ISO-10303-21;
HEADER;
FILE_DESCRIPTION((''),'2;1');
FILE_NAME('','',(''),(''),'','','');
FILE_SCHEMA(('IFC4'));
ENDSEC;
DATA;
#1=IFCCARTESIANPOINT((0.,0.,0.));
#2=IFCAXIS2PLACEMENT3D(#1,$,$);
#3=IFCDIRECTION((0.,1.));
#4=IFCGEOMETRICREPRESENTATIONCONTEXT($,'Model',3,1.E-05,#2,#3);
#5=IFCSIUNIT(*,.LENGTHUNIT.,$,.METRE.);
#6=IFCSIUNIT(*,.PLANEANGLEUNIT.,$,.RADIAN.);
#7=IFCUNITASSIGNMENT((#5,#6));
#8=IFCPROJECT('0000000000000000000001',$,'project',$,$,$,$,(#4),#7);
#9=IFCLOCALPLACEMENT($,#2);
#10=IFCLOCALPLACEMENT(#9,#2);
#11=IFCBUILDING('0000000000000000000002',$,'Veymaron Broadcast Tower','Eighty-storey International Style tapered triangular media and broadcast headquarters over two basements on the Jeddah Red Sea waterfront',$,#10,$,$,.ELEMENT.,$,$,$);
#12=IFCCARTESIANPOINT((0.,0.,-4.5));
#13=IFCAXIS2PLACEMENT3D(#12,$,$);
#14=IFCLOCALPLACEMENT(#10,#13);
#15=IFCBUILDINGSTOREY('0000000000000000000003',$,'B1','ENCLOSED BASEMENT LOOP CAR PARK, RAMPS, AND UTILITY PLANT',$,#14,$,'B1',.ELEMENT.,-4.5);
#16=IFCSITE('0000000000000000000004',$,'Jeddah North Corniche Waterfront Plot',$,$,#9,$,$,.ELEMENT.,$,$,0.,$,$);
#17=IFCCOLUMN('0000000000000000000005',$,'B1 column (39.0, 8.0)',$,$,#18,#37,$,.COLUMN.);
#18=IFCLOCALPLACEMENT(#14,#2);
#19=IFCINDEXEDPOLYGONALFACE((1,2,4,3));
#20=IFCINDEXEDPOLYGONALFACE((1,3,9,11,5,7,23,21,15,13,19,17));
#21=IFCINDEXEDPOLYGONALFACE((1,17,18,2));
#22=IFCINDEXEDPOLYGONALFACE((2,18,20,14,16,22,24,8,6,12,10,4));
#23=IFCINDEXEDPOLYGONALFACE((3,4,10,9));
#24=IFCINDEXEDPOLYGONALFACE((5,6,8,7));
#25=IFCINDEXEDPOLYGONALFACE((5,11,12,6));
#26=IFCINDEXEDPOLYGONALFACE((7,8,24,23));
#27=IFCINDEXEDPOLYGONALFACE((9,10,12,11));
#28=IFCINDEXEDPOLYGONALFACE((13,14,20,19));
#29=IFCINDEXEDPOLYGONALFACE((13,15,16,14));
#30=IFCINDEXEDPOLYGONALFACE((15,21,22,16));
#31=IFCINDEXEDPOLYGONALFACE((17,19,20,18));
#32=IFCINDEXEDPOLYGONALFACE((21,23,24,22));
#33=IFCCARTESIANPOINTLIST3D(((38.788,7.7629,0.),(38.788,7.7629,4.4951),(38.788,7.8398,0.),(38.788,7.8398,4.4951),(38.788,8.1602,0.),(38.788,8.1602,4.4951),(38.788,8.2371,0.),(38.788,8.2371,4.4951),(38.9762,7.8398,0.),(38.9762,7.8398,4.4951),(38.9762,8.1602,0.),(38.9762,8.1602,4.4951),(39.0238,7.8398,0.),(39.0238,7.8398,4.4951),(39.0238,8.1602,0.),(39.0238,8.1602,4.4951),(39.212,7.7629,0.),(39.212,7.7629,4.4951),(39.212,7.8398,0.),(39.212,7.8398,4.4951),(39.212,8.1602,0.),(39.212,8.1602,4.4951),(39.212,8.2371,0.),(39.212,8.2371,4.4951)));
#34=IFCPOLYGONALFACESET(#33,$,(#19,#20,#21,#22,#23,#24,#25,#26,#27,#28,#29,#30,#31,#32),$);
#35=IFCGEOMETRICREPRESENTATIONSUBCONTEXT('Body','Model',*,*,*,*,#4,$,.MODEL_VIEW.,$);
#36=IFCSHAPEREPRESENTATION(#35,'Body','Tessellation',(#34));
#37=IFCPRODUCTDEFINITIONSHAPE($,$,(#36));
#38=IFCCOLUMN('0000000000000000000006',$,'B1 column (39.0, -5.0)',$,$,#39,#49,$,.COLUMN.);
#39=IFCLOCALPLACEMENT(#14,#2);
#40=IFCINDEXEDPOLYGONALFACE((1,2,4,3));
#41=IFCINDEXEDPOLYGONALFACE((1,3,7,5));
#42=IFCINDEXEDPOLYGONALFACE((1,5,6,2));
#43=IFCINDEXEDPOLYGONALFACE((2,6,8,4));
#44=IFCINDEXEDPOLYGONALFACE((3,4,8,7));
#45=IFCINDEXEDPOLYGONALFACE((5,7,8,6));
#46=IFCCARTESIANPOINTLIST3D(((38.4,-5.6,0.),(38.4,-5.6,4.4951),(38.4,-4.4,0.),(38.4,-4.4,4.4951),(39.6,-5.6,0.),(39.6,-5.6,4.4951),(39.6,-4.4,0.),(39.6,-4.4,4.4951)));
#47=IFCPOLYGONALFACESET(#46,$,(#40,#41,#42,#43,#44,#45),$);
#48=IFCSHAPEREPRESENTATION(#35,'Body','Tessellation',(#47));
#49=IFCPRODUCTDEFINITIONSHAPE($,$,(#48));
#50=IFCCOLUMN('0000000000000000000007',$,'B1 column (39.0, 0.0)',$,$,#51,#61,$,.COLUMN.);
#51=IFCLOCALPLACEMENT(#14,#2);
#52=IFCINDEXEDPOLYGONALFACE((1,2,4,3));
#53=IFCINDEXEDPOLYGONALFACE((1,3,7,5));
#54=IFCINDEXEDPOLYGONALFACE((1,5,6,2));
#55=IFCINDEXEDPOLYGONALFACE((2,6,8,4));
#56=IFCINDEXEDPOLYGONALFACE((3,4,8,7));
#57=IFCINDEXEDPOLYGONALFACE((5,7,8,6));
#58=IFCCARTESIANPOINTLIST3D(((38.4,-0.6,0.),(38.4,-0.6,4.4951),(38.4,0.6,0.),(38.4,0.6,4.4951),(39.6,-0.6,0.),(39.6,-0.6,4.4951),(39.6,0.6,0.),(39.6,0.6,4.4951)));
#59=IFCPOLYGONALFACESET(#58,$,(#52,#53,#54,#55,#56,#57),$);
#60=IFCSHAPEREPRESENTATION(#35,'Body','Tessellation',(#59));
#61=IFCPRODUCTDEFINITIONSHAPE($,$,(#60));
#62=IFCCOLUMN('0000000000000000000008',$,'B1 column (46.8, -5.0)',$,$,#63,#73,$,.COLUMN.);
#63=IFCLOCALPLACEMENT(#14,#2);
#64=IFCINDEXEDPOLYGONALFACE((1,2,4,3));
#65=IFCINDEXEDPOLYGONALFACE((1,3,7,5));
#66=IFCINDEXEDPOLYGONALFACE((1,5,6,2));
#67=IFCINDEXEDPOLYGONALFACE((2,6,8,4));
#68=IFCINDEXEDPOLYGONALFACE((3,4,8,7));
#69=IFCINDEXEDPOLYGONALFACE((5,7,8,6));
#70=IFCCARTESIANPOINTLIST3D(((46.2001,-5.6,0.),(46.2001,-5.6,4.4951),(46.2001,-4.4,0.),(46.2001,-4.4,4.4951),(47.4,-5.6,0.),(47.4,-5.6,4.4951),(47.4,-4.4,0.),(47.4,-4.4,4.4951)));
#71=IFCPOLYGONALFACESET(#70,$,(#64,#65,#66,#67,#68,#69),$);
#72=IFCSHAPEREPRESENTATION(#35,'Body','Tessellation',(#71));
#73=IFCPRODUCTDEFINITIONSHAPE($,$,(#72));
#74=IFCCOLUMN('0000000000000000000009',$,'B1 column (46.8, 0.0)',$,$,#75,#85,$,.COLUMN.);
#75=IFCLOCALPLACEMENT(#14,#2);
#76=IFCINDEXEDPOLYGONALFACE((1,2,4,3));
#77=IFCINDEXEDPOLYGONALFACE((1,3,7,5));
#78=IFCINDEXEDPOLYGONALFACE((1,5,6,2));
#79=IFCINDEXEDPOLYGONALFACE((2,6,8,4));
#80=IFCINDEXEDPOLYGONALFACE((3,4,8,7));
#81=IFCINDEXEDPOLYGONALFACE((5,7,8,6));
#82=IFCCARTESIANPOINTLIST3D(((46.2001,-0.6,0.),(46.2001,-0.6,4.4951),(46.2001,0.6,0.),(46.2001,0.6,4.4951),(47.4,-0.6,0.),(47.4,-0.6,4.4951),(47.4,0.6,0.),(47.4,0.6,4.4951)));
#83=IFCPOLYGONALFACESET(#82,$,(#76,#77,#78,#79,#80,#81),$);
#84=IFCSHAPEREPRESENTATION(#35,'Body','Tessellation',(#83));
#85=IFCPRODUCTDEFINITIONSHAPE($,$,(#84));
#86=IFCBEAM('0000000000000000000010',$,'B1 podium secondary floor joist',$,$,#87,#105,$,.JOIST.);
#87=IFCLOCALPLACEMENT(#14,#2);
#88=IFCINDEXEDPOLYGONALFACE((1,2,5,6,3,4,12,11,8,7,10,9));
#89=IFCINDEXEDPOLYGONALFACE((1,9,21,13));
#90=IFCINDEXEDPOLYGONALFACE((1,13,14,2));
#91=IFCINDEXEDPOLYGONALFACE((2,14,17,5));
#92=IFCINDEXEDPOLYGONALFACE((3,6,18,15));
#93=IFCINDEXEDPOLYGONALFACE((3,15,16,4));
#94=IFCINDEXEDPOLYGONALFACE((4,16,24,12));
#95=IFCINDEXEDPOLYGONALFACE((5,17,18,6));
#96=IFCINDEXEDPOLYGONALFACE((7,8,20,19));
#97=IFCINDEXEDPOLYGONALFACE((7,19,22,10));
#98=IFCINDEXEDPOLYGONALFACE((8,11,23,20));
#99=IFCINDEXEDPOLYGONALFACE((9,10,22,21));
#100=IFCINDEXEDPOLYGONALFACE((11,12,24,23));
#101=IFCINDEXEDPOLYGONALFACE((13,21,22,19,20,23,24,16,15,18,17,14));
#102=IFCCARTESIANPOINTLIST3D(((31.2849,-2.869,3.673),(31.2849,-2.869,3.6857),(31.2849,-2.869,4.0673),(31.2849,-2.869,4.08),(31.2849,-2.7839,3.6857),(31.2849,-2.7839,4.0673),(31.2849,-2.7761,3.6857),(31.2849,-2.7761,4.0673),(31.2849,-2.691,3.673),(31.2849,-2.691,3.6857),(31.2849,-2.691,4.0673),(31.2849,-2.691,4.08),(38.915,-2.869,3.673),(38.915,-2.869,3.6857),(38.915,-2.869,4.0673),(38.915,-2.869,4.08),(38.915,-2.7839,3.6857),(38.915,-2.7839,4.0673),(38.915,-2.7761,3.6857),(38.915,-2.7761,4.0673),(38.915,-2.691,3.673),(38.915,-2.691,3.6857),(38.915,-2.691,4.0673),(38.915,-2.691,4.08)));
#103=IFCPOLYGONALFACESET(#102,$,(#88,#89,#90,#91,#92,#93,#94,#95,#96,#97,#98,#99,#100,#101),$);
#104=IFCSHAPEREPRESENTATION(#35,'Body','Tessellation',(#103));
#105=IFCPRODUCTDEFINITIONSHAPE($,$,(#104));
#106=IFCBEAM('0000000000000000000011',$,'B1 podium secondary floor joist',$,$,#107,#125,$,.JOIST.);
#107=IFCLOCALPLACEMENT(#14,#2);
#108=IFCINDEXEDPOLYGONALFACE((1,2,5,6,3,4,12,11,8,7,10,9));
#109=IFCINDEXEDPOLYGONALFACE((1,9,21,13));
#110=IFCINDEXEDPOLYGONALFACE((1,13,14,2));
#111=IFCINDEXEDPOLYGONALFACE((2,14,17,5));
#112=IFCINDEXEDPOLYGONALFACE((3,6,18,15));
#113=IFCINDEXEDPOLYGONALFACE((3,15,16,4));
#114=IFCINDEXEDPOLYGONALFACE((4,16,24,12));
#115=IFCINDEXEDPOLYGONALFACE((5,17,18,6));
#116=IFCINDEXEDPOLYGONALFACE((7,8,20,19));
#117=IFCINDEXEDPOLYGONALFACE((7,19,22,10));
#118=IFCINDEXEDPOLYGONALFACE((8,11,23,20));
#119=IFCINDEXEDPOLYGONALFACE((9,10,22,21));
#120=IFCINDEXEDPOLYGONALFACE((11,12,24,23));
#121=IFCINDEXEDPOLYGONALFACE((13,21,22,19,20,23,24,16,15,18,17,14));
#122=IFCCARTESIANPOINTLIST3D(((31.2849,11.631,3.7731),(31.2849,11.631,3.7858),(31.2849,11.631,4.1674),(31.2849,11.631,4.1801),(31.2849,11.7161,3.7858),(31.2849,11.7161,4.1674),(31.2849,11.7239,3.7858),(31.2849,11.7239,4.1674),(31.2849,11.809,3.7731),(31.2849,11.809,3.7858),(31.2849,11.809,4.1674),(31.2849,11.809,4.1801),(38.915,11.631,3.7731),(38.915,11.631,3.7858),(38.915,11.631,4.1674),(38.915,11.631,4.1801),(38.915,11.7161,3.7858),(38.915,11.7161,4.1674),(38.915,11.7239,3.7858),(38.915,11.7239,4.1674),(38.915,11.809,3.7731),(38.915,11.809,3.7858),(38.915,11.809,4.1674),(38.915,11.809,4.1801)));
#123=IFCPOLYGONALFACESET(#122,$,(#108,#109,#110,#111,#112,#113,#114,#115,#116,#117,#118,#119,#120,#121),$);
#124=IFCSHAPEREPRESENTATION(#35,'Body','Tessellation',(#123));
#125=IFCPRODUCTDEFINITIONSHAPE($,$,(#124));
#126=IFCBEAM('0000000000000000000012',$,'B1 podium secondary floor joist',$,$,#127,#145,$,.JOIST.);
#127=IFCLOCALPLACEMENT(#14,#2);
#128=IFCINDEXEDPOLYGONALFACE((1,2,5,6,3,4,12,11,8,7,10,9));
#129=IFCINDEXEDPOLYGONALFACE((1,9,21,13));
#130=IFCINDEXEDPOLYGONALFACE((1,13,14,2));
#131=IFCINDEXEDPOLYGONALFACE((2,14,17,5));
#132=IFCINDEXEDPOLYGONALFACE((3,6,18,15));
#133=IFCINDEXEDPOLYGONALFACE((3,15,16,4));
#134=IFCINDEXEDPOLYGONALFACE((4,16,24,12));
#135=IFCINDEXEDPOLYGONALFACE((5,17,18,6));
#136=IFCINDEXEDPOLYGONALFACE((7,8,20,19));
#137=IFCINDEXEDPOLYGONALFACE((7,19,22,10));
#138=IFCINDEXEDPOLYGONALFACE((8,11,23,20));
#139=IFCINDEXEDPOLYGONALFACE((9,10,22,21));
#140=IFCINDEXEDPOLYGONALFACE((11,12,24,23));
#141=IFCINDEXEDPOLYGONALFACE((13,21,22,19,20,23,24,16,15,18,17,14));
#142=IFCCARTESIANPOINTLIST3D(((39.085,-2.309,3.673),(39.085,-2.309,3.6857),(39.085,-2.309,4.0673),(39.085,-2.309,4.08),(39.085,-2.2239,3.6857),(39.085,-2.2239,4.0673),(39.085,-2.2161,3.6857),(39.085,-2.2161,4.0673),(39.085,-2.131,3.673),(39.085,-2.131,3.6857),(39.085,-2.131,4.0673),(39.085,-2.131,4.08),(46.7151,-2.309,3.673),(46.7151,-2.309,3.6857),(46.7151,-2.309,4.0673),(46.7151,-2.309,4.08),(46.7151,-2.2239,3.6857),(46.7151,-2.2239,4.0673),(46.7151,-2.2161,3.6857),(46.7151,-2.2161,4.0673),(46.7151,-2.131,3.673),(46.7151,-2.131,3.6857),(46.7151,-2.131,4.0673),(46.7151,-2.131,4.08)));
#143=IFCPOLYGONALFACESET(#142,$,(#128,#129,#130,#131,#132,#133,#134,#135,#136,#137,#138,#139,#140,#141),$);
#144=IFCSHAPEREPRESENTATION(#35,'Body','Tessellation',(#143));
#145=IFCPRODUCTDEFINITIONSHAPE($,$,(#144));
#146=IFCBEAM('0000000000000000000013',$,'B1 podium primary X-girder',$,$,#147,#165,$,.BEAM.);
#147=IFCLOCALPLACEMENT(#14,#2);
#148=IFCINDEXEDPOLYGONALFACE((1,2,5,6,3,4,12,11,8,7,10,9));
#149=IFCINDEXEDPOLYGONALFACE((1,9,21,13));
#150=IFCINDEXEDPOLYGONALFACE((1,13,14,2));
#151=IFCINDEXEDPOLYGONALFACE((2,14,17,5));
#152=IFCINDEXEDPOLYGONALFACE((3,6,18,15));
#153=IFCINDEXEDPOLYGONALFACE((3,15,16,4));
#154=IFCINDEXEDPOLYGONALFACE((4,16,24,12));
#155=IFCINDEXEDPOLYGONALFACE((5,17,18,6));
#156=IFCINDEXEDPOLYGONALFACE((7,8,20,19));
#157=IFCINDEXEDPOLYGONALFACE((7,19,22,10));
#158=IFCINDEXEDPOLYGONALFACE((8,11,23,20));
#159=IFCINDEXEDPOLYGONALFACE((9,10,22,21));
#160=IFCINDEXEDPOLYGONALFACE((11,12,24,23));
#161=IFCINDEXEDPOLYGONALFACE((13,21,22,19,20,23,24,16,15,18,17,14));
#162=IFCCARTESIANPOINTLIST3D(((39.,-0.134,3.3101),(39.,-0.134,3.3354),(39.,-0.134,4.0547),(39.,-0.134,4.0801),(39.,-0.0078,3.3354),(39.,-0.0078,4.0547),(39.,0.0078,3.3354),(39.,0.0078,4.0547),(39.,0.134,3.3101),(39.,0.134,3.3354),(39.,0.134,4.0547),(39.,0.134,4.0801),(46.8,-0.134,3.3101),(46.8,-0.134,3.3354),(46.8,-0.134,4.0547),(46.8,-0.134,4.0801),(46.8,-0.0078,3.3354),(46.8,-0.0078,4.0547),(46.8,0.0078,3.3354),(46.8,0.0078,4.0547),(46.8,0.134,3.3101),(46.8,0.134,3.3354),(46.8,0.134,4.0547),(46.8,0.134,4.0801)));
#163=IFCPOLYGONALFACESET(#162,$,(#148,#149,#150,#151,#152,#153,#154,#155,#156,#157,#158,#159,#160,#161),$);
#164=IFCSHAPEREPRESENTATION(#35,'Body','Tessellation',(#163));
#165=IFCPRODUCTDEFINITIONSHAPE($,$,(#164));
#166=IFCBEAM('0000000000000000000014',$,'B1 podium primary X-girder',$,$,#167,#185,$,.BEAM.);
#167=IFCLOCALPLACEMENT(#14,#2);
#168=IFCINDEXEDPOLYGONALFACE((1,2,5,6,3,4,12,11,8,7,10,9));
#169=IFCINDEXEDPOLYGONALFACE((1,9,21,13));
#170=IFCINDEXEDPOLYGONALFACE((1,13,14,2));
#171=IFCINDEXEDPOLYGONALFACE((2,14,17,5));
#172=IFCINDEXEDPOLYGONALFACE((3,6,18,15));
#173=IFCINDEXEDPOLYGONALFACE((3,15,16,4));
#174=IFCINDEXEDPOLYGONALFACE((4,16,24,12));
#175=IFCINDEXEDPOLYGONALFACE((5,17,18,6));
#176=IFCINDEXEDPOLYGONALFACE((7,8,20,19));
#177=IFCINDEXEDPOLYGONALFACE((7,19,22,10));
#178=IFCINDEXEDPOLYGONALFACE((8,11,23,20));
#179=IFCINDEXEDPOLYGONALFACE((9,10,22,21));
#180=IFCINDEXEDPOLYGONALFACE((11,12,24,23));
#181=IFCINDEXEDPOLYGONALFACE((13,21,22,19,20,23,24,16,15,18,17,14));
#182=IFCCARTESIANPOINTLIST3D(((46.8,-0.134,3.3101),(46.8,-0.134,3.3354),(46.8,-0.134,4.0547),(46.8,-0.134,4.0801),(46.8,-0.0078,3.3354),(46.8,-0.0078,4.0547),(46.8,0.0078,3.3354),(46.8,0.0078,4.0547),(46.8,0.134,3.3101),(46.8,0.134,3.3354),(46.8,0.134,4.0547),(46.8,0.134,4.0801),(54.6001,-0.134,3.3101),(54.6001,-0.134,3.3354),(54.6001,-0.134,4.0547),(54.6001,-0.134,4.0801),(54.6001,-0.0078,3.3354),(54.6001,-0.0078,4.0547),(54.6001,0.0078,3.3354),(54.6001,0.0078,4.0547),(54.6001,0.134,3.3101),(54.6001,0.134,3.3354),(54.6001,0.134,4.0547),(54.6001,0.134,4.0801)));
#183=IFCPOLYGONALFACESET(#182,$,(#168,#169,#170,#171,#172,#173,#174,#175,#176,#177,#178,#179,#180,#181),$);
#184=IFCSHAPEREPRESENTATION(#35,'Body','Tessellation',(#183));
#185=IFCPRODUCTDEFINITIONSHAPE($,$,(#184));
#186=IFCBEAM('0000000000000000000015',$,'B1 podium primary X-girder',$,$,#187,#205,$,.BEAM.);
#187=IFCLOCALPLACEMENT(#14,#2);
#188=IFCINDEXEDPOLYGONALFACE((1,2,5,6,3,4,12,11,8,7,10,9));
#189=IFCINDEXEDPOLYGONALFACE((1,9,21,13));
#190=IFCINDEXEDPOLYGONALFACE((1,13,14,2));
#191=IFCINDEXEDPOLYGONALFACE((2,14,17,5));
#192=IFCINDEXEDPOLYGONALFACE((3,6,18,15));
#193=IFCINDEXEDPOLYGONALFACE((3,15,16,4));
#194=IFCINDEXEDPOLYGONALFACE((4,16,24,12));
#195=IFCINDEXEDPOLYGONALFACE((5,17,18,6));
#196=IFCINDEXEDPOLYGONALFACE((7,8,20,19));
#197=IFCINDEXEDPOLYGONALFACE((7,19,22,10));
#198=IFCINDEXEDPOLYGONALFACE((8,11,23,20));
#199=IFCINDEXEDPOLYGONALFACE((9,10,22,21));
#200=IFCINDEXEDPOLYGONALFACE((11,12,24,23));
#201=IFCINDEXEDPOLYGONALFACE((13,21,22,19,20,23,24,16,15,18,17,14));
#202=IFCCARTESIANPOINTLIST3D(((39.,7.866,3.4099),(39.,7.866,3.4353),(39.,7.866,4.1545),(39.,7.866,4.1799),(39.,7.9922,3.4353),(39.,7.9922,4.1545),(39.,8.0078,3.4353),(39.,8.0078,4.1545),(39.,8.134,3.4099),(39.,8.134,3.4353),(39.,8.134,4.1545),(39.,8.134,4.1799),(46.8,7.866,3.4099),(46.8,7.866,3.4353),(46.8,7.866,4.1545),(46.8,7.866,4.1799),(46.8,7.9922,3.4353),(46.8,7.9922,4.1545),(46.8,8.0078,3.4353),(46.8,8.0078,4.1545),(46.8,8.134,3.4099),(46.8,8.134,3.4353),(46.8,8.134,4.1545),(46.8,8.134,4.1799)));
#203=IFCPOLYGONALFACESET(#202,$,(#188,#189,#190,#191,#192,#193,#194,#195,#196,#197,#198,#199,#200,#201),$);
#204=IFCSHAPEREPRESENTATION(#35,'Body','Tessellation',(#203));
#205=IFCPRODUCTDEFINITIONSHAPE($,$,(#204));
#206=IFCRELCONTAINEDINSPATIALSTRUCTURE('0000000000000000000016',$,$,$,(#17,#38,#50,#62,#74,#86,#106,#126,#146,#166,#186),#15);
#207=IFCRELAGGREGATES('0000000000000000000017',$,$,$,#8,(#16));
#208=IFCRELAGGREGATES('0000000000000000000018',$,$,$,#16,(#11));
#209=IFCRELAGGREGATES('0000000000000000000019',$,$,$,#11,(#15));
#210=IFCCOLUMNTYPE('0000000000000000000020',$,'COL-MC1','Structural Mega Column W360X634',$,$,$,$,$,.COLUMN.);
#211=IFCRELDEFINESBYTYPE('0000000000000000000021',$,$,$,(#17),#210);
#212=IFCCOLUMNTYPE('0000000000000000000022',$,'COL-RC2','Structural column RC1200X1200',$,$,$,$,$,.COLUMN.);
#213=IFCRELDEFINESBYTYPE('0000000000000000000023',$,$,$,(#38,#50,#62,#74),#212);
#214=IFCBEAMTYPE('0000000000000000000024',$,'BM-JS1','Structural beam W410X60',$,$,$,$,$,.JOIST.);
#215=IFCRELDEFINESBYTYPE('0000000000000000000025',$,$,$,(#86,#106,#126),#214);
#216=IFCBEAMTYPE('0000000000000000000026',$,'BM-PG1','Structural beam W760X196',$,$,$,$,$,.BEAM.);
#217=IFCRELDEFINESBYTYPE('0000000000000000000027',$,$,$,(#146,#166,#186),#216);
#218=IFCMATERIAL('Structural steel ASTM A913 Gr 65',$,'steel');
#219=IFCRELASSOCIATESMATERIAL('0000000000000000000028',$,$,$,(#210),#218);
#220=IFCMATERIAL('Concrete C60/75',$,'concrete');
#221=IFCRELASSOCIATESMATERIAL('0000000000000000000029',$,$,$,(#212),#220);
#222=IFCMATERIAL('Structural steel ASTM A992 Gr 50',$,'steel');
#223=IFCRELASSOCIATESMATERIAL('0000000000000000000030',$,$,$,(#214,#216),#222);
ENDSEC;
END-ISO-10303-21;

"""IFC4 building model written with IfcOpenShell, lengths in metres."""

from ifc_helpers import new_model, si_unit, direction, frame, origin, origin_2d, place, context, subcontext, project, spatial, rectangle, i_section, extrude, material, material_profile, profile_set, type_object, element, save


model = new_model("IFC4")

# Units and contexts
model_context = context("Model", 3, precision=1e-05, world=origin(), true_north=direction((0.0, 1.0)))
body_context = subcontext(model_context, "Body", "Model", "MODEL_VIEW")
ifc_project = project(units=[si_unit("LENGTHUNIT", "METRE"), si_unit("PLANEANGLEUNIT", "RADIAN")], contexts=[model_context])

# Site, building, storey
site_placement = place(None, origin())
site = spatial("IfcSite", under=ifc_project, at=site_placement, Name="Jeddah North Corniche Waterfront Plot", CompositionType="ELEMENT", RefElevation=0.0)
building_placement = place(site_placement, origin())
building = spatial("IfcBuilding", under=site, at=building_placement, Name="Veymaron Broadcast Tower", Description="Eighty-storey International Style tapered triangular media and broadcast headquarters over two basements on the Jeddah Red Sea waterfront", CompositionType="ELEMENT")
storey_placement = place(building_placement, frame((0.0, 0.0, -4.5)))
storey = spatial("IfcBuildingStorey", under=building, at=storey_placement, Name="B1", Description="ENCLOSED BASEMENT LOOP CAR PARK, RAMPS, AND UTILITY PLANT", LongName="B1", CompositionType="ELEMENT", Elevation=-4.5)

# Columns
ifc_material_1 = material(Name="Structural steel ASTM A913 Gr 65", Category="steel")
ifc_material_profile_1 = material_profile(ifc_material_1, i_section(OverallWidth=0.4241, OverallDepth=0.4741, WebThickness=0.0476, FlangeThickness=0.0769, at=origin_2d()), Name="W360X634")
ifc_profile_set_1 = profile_set([ifc_material_profile_1], Name="Structural steel ASTM A913 Gr 65")
column_type_1 = type_object("IfcColumnType", Name="COL-MC1", Description="Structural Mega Column W360X634", PredefinedType="COLUMN", material=ifc_profile_set_1)
column_placement = place(storey_placement, frame((39.0, 8.0, 0.0), z_axis=(0.0, 0.0, 1.0), x_axis=(1.0, 0.0, 0.0)))
element("IfcColumn", 1, at=column_placement, inside=storey, type_object=column_type_1, Name="B1 column (39.0, 8.0)", PredefinedType="COLUMN", context=body_context, shape_type="SweptSolid", body=[
    extrude(i_section(OverallWidth=0.4241, OverallDepth=0.4741, WebThickness=0.0476, FlangeThickness=0.0769, at=origin_2d()), origin(), (0.0, 0.0, 1.0), 4.4951),
])
ifc_material_2 = material(Name="Concrete C60/75", Category="concrete")
ifc_material_profile_2 = material_profile(ifc_material_2, rectangle(XDim=1.2, YDim=1.2, at=origin_2d()), Name="RC1200X1200")
ifc_profile_set_2 = profile_set([ifc_material_profile_2], Name="Concrete C60/75")
column_type_2 = type_object("IfcColumnType", Name="COL-RC2", Description="Structural column RC1200X1200", PredefinedType="COLUMN", material=ifc_profile_set_2)
for number, where, z_axis, x_axis, name in (
    (2, (39.0, -5.0, 0.0), (0.0, 0.0, 1.0), (1.0, 0.0, 0.0), "B1 column (39.0, -5.0)"),
    (3, (39.0, 0.0, 0.0), (0.0, 0.0, 1.0), (1.0, 0.0, 0.0), "B1 column (39.0, 0.0)"),
    (4, (46.8, -5.0, 0.0), (0.0, 0.0, 1.0), (1.0, 0.0, 0.0), "B1 column (46.8, -5.0)"),
    (5, (46.8, 0.0, 0.0), (0.0, 0.0, 1.0), (1.0, 0.0, 0.0), "B1 column (46.8, 0.0)"),
):
    element("IfcColumn", number, at=place(storey_placement, frame(where, z_axis=z_axis, x_axis=x_axis)), inside=storey, type_object=column_type_2, Name=name, PredefinedType="COLUMN", context=body_context, shape_type="SweptSolid", body=[
        extrude(rectangle(XDim=1.2, YDim=1.2, at=origin_2d()), origin(), (0.0, 0.0, 1.0), 4.4951),
    ])

# Beams
ifc_material_3 = material(Name="Structural steel ASTM A992 Gr 50", Category="steel")
ifc_material_profile_3 = material_profile(ifc_material_3, i_section(OverallWidth=0.178, OverallDepth=0.407, WebThickness=0.0078, FlangeThickness=0.0127, at=origin_2d()), Name="W410X60")
ifc_profile_set_3 = profile_set([ifc_material_profile_3], Name="Structural steel ASTM A992 Gr 50")
beam_type_1 = type_object("IfcBeamType", Name="BM-JS1", Description="Structural beam W410X60", PredefinedType="JOIST", material=ifc_profile_set_3)
for number, where, z_axis, x_axis, name in (
    (6, (31.2849, -2.78, 3.8765), (1.0, 0.0, 0.0), (0.0, 1.0, 0.0), "B1 podium secondary floor joist"),
    (7, (31.2849, 11.72, 3.9766), (1.0, 0.0, 0.0), (0.0, 1.0, 0.0), "B1 podium secondary floor joist"),
    (8, (39.085, -2.22, 3.8765), (1.0, 0.0, 0.0), (0.0, 1.0, 0.0), "B1 podium secondary floor joist"),
):
    element("IfcBeam", number, at=place(storey_placement, frame(where, z_axis=z_axis, x_axis=x_axis)), inside=storey, type_object=beam_type_1, Name=name, PredefinedType="JOIST", context=body_context, shape_type="SweptSolid", body=[
        extrude(i_section(OverallWidth=0.178, OverallDepth=0.407, WebThickness=0.0078, FlangeThickness=0.0127, at=origin_2d()), origin(), (0.0, 0.0, 1.0), 7.6301),
    ])
ifc_material_profile_4 = material_profile(ifc_material_3, i_section(OverallWidth=0.2681, OverallDepth=0.77, WebThickness=0.0156, FlangeThickness=0.0254, at=origin_2d()), Name="W760X196")
ifc_profile_set_4 = profile_set([ifc_material_profile_4], Name="Structural steel ASTM A992 Gr 50")
beam_type_2 = type_object("IfcBeamType", Name="BM-PG1", Description="Structural beam W760X196", PredefinedType="BEAM", material=ifc_profile_set_4)
for number, where, z_axis, x_axis, name in (
    (9, (39.0, 0.0, 3.6951), (1.0, 0.0, 0.0), (0.0, 1.0, 0.0), "B1 podium primary X-girder"),
    (10, (46.8, 0.0, 3.6951), (1.0, 0.0, 0.0), (0.0, 1.0, 0.0), "B1 podium primary X-girder"),
    (11, (39.0, 8.0, 3.7949), (1.0, 0.0, 0.0), (0.0, 1.0, 0.0), "B1 podium primary X-girder"),
):
    element("IfcBeam", number, at=place(storey_placement, frame(where, z_axis=z_axis, x_axis=x_axis)), inside=storey, type_object=beam_type_2, Name=name, PredefinedType="BEAM", context=body_context, shape_type="SweptSolid", body=[
        extrude(i_section(OverallWidth=0.2681, OverallDepth=0.77, WebThickness=0.0156, FlangeThickness=0.0254, at=origin_2d()), origin(), (0.0, 0.0, 1.0), 7.8),
    ])

save(model, "model.ifc")
